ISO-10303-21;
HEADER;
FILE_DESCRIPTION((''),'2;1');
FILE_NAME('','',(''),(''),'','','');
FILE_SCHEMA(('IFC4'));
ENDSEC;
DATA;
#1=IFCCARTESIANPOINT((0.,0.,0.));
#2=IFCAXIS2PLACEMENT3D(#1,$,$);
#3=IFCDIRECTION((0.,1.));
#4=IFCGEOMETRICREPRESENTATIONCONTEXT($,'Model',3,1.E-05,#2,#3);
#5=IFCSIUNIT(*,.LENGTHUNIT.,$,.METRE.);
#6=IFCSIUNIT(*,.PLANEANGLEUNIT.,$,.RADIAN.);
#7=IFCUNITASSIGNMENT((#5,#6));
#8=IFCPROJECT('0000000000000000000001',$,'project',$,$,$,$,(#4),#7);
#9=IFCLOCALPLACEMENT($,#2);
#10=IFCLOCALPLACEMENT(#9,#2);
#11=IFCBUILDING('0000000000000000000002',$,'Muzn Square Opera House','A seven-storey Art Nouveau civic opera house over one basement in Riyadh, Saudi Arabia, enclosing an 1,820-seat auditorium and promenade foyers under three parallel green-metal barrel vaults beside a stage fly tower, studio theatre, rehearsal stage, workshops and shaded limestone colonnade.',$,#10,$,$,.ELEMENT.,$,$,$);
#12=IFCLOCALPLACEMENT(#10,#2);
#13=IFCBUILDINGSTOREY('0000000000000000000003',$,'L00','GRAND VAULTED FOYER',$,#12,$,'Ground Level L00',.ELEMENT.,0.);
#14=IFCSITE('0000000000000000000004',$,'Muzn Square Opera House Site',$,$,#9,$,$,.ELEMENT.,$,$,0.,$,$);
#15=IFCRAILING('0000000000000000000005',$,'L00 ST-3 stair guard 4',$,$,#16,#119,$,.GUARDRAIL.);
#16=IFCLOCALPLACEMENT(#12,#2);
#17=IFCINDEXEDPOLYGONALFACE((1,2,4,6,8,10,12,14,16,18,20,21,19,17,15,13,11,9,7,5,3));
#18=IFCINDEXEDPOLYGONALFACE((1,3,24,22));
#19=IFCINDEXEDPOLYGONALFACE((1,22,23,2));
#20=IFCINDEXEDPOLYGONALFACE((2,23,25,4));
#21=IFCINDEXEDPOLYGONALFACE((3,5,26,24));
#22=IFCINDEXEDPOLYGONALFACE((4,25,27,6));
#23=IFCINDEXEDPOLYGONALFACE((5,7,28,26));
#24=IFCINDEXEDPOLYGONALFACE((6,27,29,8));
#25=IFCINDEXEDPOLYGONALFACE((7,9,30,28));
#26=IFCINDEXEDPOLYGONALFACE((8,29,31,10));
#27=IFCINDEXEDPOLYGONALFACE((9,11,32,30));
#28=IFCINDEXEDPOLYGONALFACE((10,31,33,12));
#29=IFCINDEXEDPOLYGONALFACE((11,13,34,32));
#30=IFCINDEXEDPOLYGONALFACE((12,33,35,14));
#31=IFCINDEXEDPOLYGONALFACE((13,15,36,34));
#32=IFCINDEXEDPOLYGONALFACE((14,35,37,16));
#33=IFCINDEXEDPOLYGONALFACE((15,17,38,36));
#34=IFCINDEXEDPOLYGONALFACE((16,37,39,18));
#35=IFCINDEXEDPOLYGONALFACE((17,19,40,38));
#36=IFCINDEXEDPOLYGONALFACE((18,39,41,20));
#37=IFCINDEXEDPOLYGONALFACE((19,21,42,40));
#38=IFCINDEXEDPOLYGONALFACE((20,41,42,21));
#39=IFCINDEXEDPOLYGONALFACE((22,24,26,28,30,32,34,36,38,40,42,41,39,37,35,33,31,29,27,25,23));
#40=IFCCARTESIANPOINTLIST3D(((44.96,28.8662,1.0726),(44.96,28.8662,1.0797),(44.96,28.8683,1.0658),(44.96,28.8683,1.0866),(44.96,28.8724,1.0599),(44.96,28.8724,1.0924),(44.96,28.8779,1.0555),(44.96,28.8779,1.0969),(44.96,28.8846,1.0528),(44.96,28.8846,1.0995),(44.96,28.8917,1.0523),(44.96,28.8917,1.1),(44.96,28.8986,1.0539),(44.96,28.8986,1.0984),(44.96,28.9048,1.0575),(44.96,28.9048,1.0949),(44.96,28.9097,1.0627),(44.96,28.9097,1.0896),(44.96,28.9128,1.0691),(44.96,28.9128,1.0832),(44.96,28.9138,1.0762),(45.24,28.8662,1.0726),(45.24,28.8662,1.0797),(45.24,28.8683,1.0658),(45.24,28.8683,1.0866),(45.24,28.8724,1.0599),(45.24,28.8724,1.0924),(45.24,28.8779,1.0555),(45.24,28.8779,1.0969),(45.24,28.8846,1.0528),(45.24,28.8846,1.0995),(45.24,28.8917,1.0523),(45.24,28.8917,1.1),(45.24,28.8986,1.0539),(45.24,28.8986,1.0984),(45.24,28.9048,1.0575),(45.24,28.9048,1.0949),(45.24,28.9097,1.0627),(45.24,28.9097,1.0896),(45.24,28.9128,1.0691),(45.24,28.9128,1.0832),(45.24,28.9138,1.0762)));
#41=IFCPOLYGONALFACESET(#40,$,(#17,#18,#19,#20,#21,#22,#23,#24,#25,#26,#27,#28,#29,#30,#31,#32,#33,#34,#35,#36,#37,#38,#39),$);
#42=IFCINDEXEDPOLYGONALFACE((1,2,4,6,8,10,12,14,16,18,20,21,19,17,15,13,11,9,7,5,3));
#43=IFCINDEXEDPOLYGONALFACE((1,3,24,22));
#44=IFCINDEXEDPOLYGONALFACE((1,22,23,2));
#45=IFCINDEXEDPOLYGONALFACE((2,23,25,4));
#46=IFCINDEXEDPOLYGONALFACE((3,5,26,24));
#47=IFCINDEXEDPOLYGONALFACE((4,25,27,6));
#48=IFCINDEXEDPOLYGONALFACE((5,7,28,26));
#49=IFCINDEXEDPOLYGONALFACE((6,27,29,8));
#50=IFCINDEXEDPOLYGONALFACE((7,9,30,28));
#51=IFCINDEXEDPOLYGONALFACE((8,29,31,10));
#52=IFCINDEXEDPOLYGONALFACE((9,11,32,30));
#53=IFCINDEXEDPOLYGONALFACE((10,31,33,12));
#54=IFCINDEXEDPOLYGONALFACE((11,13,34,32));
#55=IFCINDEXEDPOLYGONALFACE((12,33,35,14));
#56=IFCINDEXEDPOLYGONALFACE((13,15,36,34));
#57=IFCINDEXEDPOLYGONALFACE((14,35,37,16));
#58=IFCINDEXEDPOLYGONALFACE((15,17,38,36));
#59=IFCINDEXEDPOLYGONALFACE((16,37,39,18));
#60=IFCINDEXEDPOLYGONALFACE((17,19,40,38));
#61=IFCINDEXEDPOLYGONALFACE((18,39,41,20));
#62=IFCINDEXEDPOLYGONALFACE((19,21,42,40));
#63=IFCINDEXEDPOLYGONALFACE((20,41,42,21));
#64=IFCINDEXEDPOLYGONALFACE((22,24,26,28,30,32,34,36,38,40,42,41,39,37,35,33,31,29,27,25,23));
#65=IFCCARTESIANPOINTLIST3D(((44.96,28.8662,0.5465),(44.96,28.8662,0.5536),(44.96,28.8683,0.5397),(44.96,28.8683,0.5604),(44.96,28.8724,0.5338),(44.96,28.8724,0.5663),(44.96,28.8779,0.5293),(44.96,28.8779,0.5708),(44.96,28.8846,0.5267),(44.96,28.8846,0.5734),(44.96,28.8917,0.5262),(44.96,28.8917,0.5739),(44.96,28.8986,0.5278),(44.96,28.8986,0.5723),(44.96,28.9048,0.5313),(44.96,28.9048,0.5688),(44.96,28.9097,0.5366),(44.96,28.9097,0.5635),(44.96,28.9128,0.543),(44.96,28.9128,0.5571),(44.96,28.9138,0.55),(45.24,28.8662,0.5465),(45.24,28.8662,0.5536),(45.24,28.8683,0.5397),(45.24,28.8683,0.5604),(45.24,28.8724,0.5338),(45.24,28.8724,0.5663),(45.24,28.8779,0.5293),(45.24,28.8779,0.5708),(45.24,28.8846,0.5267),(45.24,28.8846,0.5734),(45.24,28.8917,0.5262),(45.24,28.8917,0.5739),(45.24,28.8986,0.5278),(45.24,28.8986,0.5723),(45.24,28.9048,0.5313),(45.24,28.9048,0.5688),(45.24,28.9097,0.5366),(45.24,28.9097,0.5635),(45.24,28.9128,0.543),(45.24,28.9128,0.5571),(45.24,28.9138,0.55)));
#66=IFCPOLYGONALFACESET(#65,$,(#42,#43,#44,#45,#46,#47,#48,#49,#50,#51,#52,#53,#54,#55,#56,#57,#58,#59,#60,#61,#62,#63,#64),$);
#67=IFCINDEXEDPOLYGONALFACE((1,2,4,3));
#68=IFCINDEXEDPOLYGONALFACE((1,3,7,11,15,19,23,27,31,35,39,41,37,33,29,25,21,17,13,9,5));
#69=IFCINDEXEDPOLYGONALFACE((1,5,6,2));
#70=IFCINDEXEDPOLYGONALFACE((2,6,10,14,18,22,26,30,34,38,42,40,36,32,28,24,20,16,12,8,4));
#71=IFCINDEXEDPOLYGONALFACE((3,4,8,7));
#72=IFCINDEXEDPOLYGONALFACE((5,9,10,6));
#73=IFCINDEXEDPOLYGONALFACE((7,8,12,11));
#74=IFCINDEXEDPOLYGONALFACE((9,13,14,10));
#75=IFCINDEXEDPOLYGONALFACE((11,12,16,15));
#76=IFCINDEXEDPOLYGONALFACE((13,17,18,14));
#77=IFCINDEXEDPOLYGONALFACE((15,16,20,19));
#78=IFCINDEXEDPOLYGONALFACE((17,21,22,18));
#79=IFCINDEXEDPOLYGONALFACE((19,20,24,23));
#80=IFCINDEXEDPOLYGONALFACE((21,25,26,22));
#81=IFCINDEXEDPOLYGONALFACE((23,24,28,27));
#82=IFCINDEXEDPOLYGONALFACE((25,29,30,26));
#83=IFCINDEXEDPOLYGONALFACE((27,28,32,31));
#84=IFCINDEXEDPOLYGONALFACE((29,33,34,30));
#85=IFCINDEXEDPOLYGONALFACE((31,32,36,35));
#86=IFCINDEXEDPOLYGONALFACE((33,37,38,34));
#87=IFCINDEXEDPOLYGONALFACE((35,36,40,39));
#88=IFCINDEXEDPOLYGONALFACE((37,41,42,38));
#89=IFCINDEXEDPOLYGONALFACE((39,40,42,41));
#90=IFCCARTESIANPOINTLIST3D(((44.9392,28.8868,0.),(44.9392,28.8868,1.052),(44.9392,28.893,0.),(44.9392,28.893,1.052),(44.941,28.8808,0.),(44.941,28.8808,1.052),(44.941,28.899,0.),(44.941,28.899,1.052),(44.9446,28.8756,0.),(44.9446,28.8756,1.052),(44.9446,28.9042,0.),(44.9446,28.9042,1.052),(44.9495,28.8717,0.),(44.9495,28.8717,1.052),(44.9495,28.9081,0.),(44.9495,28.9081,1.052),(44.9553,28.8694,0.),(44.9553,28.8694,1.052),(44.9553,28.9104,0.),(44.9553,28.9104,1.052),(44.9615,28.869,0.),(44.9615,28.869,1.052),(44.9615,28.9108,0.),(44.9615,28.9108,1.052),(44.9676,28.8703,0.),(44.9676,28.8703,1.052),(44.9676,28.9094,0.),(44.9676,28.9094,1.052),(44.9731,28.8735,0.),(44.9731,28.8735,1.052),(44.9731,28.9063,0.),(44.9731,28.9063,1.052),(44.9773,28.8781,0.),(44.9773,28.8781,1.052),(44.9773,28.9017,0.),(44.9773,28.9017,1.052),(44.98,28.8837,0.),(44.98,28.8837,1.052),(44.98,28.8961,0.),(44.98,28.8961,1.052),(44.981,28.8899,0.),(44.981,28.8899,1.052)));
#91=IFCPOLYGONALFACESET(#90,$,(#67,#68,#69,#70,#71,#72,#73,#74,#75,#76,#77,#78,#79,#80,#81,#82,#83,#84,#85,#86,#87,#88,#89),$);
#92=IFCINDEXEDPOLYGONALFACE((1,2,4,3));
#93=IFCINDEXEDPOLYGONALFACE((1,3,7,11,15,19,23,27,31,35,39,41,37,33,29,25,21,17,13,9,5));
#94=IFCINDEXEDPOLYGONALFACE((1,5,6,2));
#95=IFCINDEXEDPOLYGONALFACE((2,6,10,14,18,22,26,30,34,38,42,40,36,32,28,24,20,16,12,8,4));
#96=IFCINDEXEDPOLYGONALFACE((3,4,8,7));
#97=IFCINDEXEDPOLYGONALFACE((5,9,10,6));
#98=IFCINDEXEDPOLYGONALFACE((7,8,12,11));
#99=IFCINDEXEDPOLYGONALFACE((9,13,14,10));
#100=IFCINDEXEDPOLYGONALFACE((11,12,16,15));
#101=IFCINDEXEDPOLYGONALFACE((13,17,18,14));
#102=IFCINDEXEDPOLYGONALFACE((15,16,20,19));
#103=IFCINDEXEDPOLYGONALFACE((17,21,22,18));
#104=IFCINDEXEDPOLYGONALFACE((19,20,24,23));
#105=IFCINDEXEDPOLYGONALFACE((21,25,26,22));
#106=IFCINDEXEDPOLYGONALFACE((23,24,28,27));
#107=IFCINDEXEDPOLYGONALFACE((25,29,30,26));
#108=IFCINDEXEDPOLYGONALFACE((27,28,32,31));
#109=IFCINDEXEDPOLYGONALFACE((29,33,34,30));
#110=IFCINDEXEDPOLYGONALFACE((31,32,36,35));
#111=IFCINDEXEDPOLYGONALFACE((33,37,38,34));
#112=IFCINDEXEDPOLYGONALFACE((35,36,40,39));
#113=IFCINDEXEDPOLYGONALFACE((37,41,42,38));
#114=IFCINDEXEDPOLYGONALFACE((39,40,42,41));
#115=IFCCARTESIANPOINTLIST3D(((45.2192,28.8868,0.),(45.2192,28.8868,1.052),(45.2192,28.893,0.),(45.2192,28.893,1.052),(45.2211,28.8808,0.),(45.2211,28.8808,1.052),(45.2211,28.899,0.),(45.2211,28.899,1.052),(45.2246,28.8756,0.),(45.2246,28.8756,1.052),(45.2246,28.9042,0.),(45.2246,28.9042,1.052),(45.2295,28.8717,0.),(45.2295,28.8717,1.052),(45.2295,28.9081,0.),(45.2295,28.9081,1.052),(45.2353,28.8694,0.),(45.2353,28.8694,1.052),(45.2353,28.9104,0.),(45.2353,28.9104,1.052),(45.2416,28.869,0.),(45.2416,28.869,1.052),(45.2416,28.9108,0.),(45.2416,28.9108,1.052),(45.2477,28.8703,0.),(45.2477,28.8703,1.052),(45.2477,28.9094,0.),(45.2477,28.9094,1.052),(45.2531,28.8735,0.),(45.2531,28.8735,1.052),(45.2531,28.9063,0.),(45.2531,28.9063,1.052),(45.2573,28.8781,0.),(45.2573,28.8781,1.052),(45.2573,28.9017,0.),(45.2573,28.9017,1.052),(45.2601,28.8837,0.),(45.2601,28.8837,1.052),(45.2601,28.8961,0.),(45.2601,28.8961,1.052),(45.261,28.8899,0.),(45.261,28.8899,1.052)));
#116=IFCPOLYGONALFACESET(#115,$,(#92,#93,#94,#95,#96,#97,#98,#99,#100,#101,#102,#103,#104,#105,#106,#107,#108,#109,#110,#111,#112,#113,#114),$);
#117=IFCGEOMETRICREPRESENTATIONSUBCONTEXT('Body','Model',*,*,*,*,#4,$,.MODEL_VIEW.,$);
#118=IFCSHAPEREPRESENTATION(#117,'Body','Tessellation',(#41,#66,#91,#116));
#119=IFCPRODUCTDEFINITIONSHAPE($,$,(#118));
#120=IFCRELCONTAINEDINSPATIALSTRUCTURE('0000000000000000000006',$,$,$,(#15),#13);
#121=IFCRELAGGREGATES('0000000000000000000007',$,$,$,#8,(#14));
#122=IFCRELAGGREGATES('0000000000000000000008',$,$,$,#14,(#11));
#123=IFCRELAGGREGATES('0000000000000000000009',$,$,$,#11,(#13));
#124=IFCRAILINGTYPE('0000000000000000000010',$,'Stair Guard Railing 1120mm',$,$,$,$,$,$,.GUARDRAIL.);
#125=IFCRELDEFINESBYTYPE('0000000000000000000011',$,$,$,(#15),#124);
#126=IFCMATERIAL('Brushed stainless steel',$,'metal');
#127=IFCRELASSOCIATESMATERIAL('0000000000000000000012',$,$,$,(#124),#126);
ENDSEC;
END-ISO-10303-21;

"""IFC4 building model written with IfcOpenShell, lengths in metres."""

from ifc_helpers import new_model, si_unit, direction, frame, origin, origin_2d, place, context, subcontext, project, spatial, circle, extrude, material, type_object, element, save


model = new_model("IFC4")

# Units and contexts
model_context = context("Model", 3, precision=1e-05, world=origin(), true_north=direction((0.0, 1.0)))
body_context = subcontext(model_context, "Body", "Model", "MODEL_VIEW")
ifc_project = project(units=[si_unit("LENGTHUNIT", "METRE"), si_unit("PLANEANGLEUNIT", "RADIAN")], contexts=[model_context])

# Site, building, storey
site_placement = place(None, origin())
site = spatial("IfcSite", under=ifc_project, at=site_placement, Name="Muzn Square Opera House Site", CompositionType="ELEMENT", RefElevation=0.0)
building_placement = place(site_placement, origin())
building = spatial("IfcBuilding", under=site, at=building_placement, Name="Muzn Square Opera House", Description="A seven-storey Art Nouveau civic opera house over one basement in Riyadh, Saudi Arabia, enclosing an 1,820-seat auditorium and promenade foyers under three parallel green-metal barrel vaults beside a stage fly tower, studio theatre, rehearsal stage, workshops and shaded limestone colonnade.", CompositionType="ELEMENT")
storey_placement = place(building_placement, origin())
storey = spatial("IfcBuildingStorey", under=building, at=storey_placement, Name="L00", Description="GRAND VAULTED FOYER", LongName="Ground Level L00", CompositionType="ELEMENT", Elevation=0.0)

# Railing
ifc_material_1 = material(Name="Brushed stainless steel", Category="metal")
railing_type_1 = type_object("IfcRailingType", Name="Stair Guard Railing 1120mm", PredefinedType="GUARDRAIL", material=ifc_material_1)
railing_1_placement = place(storey_placement, frame((44.96, 28.8899, 0.0)))
element("IfcRailing", 1, at=railing_1_placement, inside=storey, type_object=railing_type_1, Name="L00 ST-3 stair guard 4", PredefinedType="GUARDRAIL", context=body_context, shape_type="SweptSolid", body=[
    extrude(circle(Radius=0.0239, at=origin_2d()), frame((0.0, 0.0, 1.0762), z_axis=(1.0, 0.0, 0.0), x_axis=(0.0, 1.0, 0.0)), (0.0, 0.0, 1.0), 0.28),
    extrude(circle(Radius=0.0239, at=origin_2d()), frame((0.0, 0.0, 0.55), z_axis=(1.0, 0.0, 0.0), x_axis=(0.0, 1.0, 0.0)), (0.0, 0.0, 1.0), 0.28),
    extrude(circle(Radius=0.021, at=origin_2d()), origin(), (0.0, 0.0, 1.0), 1.052),
    extrude(circle(Radius=0.021, at=origin_2d()), frame((0.28, 0.0, 0.0)), (0.0, 0.0, 1.0), 1.052),
])

save(model, "model.ifc")
